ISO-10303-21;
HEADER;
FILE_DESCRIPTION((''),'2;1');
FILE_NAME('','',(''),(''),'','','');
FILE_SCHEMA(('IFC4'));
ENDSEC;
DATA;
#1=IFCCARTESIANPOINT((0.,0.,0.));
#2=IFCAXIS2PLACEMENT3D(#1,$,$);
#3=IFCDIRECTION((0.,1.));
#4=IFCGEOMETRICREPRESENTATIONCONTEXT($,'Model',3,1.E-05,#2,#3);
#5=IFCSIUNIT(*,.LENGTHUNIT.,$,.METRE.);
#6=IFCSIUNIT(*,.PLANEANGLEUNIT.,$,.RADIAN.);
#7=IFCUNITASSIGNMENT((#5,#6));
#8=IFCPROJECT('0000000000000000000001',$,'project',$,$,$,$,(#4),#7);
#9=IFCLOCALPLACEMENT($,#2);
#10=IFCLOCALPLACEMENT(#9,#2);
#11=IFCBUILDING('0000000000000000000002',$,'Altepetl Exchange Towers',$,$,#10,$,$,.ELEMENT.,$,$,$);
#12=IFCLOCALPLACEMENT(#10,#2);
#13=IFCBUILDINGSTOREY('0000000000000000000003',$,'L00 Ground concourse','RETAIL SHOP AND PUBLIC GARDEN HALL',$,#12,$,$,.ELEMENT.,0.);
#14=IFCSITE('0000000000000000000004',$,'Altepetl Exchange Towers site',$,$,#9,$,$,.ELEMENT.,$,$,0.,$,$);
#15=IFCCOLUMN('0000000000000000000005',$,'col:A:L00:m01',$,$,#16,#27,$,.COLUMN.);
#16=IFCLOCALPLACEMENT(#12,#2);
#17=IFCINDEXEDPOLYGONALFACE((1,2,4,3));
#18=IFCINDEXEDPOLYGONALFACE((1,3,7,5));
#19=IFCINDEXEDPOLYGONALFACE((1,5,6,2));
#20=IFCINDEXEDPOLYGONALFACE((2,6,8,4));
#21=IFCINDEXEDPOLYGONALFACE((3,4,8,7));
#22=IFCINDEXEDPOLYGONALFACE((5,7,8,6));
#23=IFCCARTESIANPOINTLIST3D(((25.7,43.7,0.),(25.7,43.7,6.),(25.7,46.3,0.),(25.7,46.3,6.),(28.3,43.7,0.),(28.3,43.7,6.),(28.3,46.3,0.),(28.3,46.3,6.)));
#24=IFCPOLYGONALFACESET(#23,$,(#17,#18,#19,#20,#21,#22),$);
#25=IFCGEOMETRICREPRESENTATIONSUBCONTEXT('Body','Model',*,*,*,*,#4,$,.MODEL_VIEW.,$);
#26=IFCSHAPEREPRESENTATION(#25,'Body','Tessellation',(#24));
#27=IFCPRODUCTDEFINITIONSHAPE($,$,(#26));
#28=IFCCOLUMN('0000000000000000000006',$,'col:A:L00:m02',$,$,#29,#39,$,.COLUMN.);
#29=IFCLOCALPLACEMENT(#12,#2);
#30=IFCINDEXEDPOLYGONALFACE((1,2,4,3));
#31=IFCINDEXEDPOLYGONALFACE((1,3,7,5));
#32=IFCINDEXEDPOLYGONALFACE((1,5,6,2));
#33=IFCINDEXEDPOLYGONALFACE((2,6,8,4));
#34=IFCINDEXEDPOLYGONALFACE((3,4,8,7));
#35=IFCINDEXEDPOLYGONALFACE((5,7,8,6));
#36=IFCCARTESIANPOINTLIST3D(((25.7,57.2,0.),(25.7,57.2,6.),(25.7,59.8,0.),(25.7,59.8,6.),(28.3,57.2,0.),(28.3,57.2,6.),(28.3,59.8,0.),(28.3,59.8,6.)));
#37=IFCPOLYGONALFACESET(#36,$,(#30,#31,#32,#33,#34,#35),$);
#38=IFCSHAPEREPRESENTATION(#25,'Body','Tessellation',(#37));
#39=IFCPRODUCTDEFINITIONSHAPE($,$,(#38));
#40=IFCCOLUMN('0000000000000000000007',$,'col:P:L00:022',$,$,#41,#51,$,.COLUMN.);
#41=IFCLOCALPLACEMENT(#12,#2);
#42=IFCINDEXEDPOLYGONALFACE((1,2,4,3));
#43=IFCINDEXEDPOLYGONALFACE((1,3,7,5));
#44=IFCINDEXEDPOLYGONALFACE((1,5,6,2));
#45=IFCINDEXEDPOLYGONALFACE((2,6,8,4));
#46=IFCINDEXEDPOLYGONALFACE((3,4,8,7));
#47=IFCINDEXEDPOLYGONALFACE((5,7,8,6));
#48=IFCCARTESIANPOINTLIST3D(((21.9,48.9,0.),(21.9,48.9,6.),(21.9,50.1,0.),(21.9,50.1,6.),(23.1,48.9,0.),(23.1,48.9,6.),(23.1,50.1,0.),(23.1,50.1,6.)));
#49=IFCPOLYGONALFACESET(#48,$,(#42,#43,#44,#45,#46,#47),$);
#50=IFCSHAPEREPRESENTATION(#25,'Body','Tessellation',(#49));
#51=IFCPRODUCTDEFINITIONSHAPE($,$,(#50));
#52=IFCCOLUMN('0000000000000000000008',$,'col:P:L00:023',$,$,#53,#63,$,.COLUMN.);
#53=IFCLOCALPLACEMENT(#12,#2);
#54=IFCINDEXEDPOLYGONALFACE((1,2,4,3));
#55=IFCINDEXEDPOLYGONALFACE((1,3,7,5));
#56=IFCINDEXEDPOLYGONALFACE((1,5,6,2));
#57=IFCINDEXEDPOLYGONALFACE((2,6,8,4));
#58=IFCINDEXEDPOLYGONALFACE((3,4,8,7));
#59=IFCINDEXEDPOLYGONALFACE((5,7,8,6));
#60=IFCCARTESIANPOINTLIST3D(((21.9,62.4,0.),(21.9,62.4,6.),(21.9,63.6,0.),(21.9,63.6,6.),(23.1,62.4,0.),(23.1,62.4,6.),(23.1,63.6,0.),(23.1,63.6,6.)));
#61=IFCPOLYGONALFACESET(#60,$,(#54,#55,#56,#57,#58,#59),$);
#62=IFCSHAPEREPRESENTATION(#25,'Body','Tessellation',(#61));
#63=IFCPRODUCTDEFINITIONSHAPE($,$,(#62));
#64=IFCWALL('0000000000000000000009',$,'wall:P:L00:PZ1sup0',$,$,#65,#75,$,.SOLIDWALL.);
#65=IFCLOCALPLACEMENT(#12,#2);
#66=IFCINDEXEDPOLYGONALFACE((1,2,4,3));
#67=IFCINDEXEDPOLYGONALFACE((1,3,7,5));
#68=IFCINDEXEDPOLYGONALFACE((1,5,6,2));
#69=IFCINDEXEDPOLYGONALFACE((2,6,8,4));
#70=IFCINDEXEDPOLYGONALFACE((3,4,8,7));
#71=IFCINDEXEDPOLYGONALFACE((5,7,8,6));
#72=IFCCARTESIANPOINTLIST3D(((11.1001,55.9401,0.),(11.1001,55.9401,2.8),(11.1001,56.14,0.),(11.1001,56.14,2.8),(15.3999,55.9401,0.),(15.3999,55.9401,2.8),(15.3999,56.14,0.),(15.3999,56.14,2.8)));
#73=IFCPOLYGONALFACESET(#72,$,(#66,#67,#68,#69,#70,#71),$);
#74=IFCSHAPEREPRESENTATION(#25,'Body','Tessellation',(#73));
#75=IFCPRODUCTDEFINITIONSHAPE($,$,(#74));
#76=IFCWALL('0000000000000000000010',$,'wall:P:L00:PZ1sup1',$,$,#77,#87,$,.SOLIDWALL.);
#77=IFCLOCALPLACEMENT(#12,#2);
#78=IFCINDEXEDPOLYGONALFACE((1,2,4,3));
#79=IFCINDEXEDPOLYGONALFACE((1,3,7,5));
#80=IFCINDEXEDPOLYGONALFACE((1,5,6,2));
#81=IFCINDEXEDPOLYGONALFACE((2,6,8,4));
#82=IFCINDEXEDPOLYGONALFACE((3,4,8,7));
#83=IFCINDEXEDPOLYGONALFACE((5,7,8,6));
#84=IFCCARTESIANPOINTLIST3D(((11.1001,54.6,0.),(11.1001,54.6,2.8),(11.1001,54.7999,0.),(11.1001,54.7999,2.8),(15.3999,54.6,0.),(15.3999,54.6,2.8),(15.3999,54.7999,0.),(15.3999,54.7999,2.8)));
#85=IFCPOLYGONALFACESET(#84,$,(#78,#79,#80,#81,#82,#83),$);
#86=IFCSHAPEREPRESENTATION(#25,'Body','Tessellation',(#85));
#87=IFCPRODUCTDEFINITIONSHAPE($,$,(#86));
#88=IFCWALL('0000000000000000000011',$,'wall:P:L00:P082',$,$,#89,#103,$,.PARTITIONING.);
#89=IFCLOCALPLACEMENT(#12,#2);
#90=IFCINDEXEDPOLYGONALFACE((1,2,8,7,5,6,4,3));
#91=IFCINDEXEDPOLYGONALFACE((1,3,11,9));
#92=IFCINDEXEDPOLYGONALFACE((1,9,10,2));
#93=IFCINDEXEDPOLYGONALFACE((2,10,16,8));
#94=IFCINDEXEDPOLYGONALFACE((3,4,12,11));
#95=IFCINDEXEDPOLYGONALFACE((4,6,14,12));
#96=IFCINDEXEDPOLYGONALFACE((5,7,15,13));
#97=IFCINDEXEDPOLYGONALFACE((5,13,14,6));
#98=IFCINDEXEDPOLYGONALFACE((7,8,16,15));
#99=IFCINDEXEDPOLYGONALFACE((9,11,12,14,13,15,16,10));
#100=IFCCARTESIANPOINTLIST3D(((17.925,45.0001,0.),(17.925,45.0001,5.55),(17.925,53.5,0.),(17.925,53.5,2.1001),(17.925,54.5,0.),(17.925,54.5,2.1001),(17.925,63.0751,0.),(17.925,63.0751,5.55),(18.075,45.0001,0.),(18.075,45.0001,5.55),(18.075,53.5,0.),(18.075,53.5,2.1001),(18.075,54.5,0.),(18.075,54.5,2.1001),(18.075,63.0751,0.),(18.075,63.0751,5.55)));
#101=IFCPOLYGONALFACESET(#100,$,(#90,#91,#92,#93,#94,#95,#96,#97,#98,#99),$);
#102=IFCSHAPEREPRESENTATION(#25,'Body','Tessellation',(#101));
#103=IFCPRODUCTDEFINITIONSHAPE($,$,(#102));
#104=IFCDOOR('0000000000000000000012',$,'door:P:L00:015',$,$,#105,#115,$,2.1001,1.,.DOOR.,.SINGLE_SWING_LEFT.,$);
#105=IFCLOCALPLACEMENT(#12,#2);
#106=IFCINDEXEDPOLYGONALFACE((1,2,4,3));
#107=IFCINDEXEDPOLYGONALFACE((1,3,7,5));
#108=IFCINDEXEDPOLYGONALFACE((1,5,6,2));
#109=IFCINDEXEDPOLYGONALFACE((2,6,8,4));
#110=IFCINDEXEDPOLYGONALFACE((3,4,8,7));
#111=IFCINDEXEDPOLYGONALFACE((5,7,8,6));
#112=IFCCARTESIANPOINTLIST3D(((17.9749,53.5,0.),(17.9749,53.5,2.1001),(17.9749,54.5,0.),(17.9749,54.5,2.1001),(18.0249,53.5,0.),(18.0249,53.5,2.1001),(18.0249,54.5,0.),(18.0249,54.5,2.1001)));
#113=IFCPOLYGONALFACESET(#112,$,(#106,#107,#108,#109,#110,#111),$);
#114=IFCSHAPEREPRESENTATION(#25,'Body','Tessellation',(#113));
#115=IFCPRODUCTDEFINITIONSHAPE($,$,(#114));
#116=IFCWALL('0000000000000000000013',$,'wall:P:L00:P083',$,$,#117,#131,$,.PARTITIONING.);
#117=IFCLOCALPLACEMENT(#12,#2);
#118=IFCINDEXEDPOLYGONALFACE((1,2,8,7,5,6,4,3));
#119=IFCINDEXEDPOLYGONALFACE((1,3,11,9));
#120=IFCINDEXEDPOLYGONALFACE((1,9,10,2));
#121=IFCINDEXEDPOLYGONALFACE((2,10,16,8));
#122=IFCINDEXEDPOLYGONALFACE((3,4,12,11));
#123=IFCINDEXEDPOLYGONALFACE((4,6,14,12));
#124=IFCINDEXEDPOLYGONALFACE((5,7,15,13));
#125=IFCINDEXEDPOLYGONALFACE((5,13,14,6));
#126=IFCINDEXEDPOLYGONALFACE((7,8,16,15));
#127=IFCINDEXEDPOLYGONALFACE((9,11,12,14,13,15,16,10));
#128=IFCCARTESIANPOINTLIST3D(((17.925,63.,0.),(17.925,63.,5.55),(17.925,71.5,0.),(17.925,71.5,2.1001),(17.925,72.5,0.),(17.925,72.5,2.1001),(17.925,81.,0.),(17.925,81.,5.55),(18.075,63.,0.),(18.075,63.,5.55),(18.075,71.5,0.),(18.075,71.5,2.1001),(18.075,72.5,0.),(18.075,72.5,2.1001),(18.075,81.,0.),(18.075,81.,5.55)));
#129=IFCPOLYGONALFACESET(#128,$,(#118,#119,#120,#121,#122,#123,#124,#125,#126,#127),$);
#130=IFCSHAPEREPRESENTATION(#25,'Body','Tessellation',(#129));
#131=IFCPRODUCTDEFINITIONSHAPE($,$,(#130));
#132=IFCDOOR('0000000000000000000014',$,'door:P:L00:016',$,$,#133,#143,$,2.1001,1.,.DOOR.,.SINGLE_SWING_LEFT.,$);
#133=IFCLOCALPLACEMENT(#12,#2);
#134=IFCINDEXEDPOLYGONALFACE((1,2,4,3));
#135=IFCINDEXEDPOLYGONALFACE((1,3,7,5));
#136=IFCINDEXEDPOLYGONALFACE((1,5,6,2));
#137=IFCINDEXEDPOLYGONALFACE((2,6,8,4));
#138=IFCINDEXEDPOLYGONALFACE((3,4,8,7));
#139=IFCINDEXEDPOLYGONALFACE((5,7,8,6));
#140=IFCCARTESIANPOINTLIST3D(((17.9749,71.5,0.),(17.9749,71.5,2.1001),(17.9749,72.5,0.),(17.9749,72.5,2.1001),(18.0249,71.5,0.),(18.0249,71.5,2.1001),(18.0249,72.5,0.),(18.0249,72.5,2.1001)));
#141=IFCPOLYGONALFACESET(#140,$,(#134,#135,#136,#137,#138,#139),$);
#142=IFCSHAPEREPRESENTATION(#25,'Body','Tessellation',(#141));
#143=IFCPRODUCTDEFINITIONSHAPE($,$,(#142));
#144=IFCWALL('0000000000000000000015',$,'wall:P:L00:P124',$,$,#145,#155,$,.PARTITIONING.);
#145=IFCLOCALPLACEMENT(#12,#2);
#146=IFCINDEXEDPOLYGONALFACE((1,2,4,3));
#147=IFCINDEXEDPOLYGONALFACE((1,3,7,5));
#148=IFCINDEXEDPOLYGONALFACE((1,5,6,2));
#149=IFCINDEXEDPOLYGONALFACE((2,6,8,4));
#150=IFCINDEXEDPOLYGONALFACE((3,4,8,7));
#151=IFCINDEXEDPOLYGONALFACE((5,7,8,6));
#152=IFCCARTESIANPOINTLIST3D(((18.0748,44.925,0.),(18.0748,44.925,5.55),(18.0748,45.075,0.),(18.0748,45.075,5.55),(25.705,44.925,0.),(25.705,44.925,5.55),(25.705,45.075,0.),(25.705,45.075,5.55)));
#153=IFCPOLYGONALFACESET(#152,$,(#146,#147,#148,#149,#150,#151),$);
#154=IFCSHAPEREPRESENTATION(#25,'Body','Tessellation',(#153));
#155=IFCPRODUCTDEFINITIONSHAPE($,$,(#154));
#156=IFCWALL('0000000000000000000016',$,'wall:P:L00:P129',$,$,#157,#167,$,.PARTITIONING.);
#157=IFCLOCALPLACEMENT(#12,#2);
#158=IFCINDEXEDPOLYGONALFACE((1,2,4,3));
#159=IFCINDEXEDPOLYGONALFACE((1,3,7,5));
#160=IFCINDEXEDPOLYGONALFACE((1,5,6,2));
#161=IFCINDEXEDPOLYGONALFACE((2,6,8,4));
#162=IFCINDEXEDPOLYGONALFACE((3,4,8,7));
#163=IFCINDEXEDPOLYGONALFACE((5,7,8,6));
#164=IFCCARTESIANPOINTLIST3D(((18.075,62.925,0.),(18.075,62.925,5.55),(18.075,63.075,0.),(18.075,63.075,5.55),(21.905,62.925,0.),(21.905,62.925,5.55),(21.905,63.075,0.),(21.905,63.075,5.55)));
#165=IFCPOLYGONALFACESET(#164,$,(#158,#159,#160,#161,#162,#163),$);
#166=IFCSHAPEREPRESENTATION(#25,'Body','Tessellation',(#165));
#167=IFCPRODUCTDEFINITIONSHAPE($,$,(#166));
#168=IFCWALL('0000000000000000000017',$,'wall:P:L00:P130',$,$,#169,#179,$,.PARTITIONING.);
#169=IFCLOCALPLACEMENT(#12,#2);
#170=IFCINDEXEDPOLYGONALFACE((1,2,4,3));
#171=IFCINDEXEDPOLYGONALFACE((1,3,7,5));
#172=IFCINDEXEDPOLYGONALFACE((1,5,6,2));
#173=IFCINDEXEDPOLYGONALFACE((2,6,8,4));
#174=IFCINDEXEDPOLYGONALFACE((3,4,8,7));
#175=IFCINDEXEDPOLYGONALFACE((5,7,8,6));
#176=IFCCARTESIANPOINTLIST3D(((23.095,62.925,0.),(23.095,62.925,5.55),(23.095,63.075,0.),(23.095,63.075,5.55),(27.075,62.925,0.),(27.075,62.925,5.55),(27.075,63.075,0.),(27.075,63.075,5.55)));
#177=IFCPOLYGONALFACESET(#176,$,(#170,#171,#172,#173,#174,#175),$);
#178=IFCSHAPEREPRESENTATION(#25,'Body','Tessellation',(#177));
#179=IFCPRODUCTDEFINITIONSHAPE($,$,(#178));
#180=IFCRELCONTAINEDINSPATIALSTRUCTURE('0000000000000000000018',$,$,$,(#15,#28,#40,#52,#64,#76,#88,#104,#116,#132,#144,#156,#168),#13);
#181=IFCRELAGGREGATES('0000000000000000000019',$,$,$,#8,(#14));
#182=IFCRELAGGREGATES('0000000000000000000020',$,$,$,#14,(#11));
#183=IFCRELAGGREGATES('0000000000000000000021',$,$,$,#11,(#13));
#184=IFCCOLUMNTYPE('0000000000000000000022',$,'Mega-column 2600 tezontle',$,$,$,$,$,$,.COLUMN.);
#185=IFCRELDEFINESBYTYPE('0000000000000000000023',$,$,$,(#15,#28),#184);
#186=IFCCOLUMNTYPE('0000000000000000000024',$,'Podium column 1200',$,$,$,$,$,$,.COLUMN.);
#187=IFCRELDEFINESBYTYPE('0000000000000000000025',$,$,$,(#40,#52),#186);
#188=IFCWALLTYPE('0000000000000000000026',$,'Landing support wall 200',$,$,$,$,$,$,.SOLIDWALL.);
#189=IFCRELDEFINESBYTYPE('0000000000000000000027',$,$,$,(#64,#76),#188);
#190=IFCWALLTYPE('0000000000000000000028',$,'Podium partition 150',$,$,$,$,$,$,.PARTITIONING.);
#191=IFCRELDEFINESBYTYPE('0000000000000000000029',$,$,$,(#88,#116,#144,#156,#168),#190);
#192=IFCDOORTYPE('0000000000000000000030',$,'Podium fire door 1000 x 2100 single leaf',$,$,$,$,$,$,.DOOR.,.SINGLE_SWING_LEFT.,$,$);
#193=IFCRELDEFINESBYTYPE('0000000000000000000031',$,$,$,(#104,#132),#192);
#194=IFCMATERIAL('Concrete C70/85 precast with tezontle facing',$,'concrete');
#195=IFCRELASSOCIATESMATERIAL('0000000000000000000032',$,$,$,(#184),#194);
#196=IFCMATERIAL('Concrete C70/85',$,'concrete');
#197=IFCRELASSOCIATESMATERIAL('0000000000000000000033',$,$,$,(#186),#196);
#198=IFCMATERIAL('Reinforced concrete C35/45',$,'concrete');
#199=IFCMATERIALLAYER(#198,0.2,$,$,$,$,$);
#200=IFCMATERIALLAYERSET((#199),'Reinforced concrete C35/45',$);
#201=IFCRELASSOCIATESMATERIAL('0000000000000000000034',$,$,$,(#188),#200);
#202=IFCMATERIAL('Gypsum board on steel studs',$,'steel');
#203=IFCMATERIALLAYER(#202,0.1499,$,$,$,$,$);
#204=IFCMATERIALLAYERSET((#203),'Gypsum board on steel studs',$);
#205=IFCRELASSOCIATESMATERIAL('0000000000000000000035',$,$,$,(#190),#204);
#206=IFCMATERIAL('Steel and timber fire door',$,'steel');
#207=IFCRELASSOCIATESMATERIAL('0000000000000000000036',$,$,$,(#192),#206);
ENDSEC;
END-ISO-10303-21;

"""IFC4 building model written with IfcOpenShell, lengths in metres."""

from ifc_helpers import new_model, si_unit, direction, frame, frame_2d, origin, origin_2d, place, context, subcontext, project, spatial, rectangle, extrude, material, layer, layer_set, material_profile, profile_set, type_object, element, fill, save


model = new_model("IFC4")

# Units and contexts
model_context = context("Model", 3, precision=1e-05, world=origin(), true_north=direction((0.0, 1.0)))
body_context = subcontext(model_context, "Body", "Model", "MODEL_VIEW")
ifc_project = project(units=[si_unit("LENGTHUNIT", "METRE"), si_unit("PLANEANGLEUNIT", "RADIAN")], contexts=[model_context])

# Site, building, storey
site_placement = place(None, origin())
site = spatial("IfcSite", under=ifc_project, at=site_placement, Name="Altepetl Exchange Towers site", CompositionType="ELEMENT", RefElevation=0.0)
building_placement = place(site_placement, origin())
building = spatial("IfcBuilding", under=site, at=building_placement, Name="Altepetl Exchange Towers", CompositionType="ELEMENT")
storey_placement = place(building_placement, origin())
storey = spatial("IfcBuildingStorey", under=building, at=storey_placement, Name="L00 Ground concourse", Description="RETAIL SHOP AND PUBLIC GARDEN HALL", CompositionType="ELEMENT", Elevation=0.0)

# Columns
ifc_material_1 = material(Name="Concrete C70/85 precast with tezontle facing", Category="concrete")
ifc_material_profile_1 = material_profile(ifc_material_1, rectangle(XDim=2.6001, YDim=2.6001, at=origin_2d()), Name="2600 x 2600")
ifc_profile_set_1 = profile_set([ifc_material_profile_1], Name="Concrete C70/85 precast with tezontle facing")
column_type_1 = type_object("IfcColumnType", Name="Mega-column 2600 tezontle", PredefinedType="COLUMN", material=ifc_profile_set_1)
for number, where, name in (
    (1, (27.0, 45.0, 0.0), "col:A:L00:m01"),
    (2, (27.0, 58.5, 0.0), "col:A:L00:m02"),
):
    element("IfcColumn", number, at=place(storey_placement, frame(where)), inside=storey, type_object=column_type_1, Name=name, PredefinedType="COLUMN", context=body_context, shape_type="SweptSolid", body=[
        extrude(rectangle(XDim=2.6001, YDim=2.6001, at=origin_2d()), origin(), (0.0, 0.0, 1.0), 6.0),
    ])
ifc_material_2 = material(Name="Concrete C70/85", Category="concrete")
ifc_material_profile_2 = material_profile(ifc_material_2, rectangle(XDim=1.2, YDim=1.2, at=origin_2d()), Name="1200 x 1200")
ifc_profile_set_2 = profile_set([ifc_material_profile_2], Name="Concrete C70/85")
column_type_2 = type_object("IfcColumnType", Name="Podium column 1200", PredefinedType="COLUMN", material=ifc_profile_set_2)
for number, where, name in (
    (3, (22.5, 49.5, 0.0), "col:P:L00:022"),
    (4, (22.5, 63.0, 0.0), "col:P:L00:023"),
):
    element("IfcColumn", number, at=place(storey_placement, frame(where)), inside=storey, type_object=column_type_2, Name=name, PredefinedType="COLUMN", context=body_context, shape_type="SweptSolid", body=[
        extrude(rectangle(XDim=1.2, YDim=1.2, at=origin_2d()), origin(), (0.0, 0.0, 1.0), 6.0),
    ])

# Walls
ifc_material_3 = material(Name="Reinforced concrete C35/45", Category="concrete")
ifc_layer_1 = layer(ifc_material_3, 0.2)
ifc_layer_set_1 = layer_set([ifc_layer_1], Name="Reinforced concrete C35/45")
wall_type_1 = type_object("IfcWallType", Name="Landing support wall 200", PredefinedType="SOLIDWALL", material=ifc_layer_set_1)
for number, where, z_axis, x_axis, name in (
    (5, (15.3999, 56.04, 0.0), (0.0, 0.0, 1.0), (-1.0, 0.0, 0.0), "wall:P:L00:PZ1sup0"),
    (6, (15.3999, 54.7, 0.0), (0.0, 0.0, 1.0), (-1.0, 0.0, 0.0), "wall:P:L00:PZ1sup1"),
):
    element("IfcWall", number, at=place(storey_placement, frame(where, z_axis=z_axis, x_axis=x_axis)), inside=storey, type_object=wall_type_1, Name=name, PredefinedType="SOLIDWALL", context=body_context, shape_type="SweptSolid", body=[
        extrude(rectangle(XDim=4.2998, YDim=0.2, at=frame_2d((2.1499, 0.0))), origin(), (0.0, 0.0, 1.0), 2.8),
    ])

# Walls, openings, doors
ifc_material_4 = material(Name="Gypsum board on steel studs", Category="steel")
ifc_layer_2 = layer(ifc_material_4, 0.1499)
ifc_layer_set_2 = layer_set([ifc_layer_2], Name="Gypsum board on steel studs")
wall_type_2 = type_object("IfcWallType", Name="Podium partition 150", PredefinedType="PARTITIONING", material=ifc_layer_set_2)
wall_1_placement = place(storey_placement, frame((18.0, 45.0, 0.0), z_axis=(0.0, 0.0, 1.0), x_axis=(0.0, 1.0, 0.0)))
wall_1 = element("IfcWall", 7, at=wall_1_placement, inside=storey, type_object=wall_type_2, Name="wall:P:L00:P082", PredefinedType="PARTITIONING", context=body_context, shape_type="SweptSolid", body=[
    extrude(rectangle(XDim=18.075, YDim=0.1499, at=frame_2d((9.0376, 0.0))), origin(), (0.0, 0.0, 1.0), 5.55),
])
opening_1_placement = place(wall_1_placement, frame((8.5, 0.0, 0.0)))
opening_1 = element("IfcOpeningElement", 8, at=opening_1_placement, cuts=wall_1, PredefinedType="OPENING", context=body_context, shape_type="SweptSolid", body=[
    extrude(rectangle(XDim=1.0, YDim=2.1001, at=frame_2d((0.5, 1.05))), frame((0.0, 0.085, 0.0), z_axis=(0.0, -1.0, 0.0), x_axis=(1.0, 0.0, 0.0)), (0.0, 0.0, 1.0), 0.1699),
])
ifc_material_5 = material(Name="Steel and timber fire door", Category="steel")
door_type = type_object("IfcDoorType", Name="Podium fire door 1000 x 2100 single leaf", OperationType="SINGLE_SWING_LEFT", PredefinedType="DOOR", material=ifc_material_5)
door_1_placement = place(opening_1_placement, frame((1.0, 0.0, 0.0), x_axis=(-1.0, 0.0, 0.0)))
door_1 = element("IfcDoor", 9, at=door_1_placement, inside=storey, type_object=door_type, Name="door:P:L00:015", OperationType="SINGLE_SWING_LEFT", OverallHeight=2.1001, OverallWidth=1.0, PredefinedType="DOOR", context=body_context, shape_type="SweptSolid", body=[
    extrude(rectangle(XDim=1.0, YDim=2.1001, at=frame_2d((0.5, 1.05))), frame((0.0, 0.0249, 0.0), z_axis=(0.0, -1.0, 0.0), x_axis=(1.0, 0.0, 0.0)), (0.0, 0.0, 1.0), 0.05),
])
fill(opening_1, door_1)
wall_2_placement = place(storey_placement, frame((18.0, 63.0, 0.0), z_axis=(0.0, 0.0, 1.0), x_axis=(0.0, 1.0, 0.0)))
wall_2 = element("IfcWall", 10, at=wall_2_placement, inside=storey, type_object=wall_type_2, Name="wall:P:L00:P083", PredefinedType="PARTITIONING", context=body_context, shape_type="SweptSolid", body=[
    extrude(rectangle(XDim=18.0, YDim=0.1499, at=frame_2d((9.0, 0.0))), origin(), (0.0, 0.0, 1.0), 5.55),
])
opening_2_placement = place(wall_2_placement, frame((8.5, 0.0, 0.0)))
opening_2 = element("IfcOpeningElement", 11, at=opening_2_placement, cuts=wall_2, PredefinedType="OPENING", context=body_context, shape_type="SweptSolid", body=[
    extrude(rectangle(XDim=1.0, YDim=2.1001, at=frame_2d((0.5, 1.05))), frame((0.0, 0.085, 0.0), z_axis=(0.0, -1.0, 0.0), x_axis=(1.0, 0.0, 0.0)), (0.0, 0.0, 1.0), 0.1699),
])
door_2_placement = place(opening_2_placement, frame((1.0, 0.0, 0.0), x_axis=(-1.0, 0.0, 0.0)))
door_2 = element("IfcDoor", 12, at=door_2_placement, inside=storey, type_object=door_type, Name="door:P:L00:016", OperationType="SINGLE_SWING_LEFT", OverallHeight=2.1001, OverallWidth=1.0, PredefinedType="DOOR", context=body_context, shape_type="SweptSolid", body=[
    extrude(rectangle(XDim=1.0, YDim=2.1001, at=frame_2d((0.5, 1.05))), frame((0.0, 0.0249, 0.0), z_axis=(0.0, -1.0, 0.0), x_axis=(1.0, 0.0, 0.0)), (0.0, 0.0, 1.0), 0.05),
])
fill(opening_2, door_2)

# Walls
wall_3_placement = place(storey_placement, frame((18.075, 45.0, 0.0)))
element("IfcWall", 13, at=wall_3_placement, inside=storey, type_object=wall_type_2, Name="wall:P:L00:P124", PredefinedType="PARTITIONING", context=body_context, shape_type="SweptSolid", body=[
    extrude(rectangle(XDim=7.6301, YDim=0.1499, at=frame_2d((3.8149, 0.0))), origin(), (0.0, 0.0, 1.0), 5.55),
])
wall_4_placement = place(storey_placement, frame((18.075, 63.0, 0.0)))
element("IfcWall", 14, at=wall_4_placement, inside=storey, type_object=wall_type_2, Name="wall:P:L00:P129", PredefinedType="PARTITIONING", context=body_context, shape_type="SweptSolid", body=[
    extrude(rectangle(XDim=3.8301, YDim=0.1499, at=frame_2d((1.915, 0.0))), origin(), (0.0, 0.0, 1.0), 5.55),
])
wall_5_placement = place(storey_placement, frame((23.095, 63.0, 0.0)))
element("IfcWall", 15, at=wall_5_placement, inside=storey, type_object=wall_type_2, Name="wall:P:L00:P130", PredefinedType="PARTITIONING", context=body_context, shape_type="SweptSolid", body=[
    extrude(rectangle(XDim=3.98, YDim=0.1499, at=frame_2d((1.99, 0.0))), origin(), (0.0, 0.0, 1.0), 5.55),
])

save(model, "model.ifc")
